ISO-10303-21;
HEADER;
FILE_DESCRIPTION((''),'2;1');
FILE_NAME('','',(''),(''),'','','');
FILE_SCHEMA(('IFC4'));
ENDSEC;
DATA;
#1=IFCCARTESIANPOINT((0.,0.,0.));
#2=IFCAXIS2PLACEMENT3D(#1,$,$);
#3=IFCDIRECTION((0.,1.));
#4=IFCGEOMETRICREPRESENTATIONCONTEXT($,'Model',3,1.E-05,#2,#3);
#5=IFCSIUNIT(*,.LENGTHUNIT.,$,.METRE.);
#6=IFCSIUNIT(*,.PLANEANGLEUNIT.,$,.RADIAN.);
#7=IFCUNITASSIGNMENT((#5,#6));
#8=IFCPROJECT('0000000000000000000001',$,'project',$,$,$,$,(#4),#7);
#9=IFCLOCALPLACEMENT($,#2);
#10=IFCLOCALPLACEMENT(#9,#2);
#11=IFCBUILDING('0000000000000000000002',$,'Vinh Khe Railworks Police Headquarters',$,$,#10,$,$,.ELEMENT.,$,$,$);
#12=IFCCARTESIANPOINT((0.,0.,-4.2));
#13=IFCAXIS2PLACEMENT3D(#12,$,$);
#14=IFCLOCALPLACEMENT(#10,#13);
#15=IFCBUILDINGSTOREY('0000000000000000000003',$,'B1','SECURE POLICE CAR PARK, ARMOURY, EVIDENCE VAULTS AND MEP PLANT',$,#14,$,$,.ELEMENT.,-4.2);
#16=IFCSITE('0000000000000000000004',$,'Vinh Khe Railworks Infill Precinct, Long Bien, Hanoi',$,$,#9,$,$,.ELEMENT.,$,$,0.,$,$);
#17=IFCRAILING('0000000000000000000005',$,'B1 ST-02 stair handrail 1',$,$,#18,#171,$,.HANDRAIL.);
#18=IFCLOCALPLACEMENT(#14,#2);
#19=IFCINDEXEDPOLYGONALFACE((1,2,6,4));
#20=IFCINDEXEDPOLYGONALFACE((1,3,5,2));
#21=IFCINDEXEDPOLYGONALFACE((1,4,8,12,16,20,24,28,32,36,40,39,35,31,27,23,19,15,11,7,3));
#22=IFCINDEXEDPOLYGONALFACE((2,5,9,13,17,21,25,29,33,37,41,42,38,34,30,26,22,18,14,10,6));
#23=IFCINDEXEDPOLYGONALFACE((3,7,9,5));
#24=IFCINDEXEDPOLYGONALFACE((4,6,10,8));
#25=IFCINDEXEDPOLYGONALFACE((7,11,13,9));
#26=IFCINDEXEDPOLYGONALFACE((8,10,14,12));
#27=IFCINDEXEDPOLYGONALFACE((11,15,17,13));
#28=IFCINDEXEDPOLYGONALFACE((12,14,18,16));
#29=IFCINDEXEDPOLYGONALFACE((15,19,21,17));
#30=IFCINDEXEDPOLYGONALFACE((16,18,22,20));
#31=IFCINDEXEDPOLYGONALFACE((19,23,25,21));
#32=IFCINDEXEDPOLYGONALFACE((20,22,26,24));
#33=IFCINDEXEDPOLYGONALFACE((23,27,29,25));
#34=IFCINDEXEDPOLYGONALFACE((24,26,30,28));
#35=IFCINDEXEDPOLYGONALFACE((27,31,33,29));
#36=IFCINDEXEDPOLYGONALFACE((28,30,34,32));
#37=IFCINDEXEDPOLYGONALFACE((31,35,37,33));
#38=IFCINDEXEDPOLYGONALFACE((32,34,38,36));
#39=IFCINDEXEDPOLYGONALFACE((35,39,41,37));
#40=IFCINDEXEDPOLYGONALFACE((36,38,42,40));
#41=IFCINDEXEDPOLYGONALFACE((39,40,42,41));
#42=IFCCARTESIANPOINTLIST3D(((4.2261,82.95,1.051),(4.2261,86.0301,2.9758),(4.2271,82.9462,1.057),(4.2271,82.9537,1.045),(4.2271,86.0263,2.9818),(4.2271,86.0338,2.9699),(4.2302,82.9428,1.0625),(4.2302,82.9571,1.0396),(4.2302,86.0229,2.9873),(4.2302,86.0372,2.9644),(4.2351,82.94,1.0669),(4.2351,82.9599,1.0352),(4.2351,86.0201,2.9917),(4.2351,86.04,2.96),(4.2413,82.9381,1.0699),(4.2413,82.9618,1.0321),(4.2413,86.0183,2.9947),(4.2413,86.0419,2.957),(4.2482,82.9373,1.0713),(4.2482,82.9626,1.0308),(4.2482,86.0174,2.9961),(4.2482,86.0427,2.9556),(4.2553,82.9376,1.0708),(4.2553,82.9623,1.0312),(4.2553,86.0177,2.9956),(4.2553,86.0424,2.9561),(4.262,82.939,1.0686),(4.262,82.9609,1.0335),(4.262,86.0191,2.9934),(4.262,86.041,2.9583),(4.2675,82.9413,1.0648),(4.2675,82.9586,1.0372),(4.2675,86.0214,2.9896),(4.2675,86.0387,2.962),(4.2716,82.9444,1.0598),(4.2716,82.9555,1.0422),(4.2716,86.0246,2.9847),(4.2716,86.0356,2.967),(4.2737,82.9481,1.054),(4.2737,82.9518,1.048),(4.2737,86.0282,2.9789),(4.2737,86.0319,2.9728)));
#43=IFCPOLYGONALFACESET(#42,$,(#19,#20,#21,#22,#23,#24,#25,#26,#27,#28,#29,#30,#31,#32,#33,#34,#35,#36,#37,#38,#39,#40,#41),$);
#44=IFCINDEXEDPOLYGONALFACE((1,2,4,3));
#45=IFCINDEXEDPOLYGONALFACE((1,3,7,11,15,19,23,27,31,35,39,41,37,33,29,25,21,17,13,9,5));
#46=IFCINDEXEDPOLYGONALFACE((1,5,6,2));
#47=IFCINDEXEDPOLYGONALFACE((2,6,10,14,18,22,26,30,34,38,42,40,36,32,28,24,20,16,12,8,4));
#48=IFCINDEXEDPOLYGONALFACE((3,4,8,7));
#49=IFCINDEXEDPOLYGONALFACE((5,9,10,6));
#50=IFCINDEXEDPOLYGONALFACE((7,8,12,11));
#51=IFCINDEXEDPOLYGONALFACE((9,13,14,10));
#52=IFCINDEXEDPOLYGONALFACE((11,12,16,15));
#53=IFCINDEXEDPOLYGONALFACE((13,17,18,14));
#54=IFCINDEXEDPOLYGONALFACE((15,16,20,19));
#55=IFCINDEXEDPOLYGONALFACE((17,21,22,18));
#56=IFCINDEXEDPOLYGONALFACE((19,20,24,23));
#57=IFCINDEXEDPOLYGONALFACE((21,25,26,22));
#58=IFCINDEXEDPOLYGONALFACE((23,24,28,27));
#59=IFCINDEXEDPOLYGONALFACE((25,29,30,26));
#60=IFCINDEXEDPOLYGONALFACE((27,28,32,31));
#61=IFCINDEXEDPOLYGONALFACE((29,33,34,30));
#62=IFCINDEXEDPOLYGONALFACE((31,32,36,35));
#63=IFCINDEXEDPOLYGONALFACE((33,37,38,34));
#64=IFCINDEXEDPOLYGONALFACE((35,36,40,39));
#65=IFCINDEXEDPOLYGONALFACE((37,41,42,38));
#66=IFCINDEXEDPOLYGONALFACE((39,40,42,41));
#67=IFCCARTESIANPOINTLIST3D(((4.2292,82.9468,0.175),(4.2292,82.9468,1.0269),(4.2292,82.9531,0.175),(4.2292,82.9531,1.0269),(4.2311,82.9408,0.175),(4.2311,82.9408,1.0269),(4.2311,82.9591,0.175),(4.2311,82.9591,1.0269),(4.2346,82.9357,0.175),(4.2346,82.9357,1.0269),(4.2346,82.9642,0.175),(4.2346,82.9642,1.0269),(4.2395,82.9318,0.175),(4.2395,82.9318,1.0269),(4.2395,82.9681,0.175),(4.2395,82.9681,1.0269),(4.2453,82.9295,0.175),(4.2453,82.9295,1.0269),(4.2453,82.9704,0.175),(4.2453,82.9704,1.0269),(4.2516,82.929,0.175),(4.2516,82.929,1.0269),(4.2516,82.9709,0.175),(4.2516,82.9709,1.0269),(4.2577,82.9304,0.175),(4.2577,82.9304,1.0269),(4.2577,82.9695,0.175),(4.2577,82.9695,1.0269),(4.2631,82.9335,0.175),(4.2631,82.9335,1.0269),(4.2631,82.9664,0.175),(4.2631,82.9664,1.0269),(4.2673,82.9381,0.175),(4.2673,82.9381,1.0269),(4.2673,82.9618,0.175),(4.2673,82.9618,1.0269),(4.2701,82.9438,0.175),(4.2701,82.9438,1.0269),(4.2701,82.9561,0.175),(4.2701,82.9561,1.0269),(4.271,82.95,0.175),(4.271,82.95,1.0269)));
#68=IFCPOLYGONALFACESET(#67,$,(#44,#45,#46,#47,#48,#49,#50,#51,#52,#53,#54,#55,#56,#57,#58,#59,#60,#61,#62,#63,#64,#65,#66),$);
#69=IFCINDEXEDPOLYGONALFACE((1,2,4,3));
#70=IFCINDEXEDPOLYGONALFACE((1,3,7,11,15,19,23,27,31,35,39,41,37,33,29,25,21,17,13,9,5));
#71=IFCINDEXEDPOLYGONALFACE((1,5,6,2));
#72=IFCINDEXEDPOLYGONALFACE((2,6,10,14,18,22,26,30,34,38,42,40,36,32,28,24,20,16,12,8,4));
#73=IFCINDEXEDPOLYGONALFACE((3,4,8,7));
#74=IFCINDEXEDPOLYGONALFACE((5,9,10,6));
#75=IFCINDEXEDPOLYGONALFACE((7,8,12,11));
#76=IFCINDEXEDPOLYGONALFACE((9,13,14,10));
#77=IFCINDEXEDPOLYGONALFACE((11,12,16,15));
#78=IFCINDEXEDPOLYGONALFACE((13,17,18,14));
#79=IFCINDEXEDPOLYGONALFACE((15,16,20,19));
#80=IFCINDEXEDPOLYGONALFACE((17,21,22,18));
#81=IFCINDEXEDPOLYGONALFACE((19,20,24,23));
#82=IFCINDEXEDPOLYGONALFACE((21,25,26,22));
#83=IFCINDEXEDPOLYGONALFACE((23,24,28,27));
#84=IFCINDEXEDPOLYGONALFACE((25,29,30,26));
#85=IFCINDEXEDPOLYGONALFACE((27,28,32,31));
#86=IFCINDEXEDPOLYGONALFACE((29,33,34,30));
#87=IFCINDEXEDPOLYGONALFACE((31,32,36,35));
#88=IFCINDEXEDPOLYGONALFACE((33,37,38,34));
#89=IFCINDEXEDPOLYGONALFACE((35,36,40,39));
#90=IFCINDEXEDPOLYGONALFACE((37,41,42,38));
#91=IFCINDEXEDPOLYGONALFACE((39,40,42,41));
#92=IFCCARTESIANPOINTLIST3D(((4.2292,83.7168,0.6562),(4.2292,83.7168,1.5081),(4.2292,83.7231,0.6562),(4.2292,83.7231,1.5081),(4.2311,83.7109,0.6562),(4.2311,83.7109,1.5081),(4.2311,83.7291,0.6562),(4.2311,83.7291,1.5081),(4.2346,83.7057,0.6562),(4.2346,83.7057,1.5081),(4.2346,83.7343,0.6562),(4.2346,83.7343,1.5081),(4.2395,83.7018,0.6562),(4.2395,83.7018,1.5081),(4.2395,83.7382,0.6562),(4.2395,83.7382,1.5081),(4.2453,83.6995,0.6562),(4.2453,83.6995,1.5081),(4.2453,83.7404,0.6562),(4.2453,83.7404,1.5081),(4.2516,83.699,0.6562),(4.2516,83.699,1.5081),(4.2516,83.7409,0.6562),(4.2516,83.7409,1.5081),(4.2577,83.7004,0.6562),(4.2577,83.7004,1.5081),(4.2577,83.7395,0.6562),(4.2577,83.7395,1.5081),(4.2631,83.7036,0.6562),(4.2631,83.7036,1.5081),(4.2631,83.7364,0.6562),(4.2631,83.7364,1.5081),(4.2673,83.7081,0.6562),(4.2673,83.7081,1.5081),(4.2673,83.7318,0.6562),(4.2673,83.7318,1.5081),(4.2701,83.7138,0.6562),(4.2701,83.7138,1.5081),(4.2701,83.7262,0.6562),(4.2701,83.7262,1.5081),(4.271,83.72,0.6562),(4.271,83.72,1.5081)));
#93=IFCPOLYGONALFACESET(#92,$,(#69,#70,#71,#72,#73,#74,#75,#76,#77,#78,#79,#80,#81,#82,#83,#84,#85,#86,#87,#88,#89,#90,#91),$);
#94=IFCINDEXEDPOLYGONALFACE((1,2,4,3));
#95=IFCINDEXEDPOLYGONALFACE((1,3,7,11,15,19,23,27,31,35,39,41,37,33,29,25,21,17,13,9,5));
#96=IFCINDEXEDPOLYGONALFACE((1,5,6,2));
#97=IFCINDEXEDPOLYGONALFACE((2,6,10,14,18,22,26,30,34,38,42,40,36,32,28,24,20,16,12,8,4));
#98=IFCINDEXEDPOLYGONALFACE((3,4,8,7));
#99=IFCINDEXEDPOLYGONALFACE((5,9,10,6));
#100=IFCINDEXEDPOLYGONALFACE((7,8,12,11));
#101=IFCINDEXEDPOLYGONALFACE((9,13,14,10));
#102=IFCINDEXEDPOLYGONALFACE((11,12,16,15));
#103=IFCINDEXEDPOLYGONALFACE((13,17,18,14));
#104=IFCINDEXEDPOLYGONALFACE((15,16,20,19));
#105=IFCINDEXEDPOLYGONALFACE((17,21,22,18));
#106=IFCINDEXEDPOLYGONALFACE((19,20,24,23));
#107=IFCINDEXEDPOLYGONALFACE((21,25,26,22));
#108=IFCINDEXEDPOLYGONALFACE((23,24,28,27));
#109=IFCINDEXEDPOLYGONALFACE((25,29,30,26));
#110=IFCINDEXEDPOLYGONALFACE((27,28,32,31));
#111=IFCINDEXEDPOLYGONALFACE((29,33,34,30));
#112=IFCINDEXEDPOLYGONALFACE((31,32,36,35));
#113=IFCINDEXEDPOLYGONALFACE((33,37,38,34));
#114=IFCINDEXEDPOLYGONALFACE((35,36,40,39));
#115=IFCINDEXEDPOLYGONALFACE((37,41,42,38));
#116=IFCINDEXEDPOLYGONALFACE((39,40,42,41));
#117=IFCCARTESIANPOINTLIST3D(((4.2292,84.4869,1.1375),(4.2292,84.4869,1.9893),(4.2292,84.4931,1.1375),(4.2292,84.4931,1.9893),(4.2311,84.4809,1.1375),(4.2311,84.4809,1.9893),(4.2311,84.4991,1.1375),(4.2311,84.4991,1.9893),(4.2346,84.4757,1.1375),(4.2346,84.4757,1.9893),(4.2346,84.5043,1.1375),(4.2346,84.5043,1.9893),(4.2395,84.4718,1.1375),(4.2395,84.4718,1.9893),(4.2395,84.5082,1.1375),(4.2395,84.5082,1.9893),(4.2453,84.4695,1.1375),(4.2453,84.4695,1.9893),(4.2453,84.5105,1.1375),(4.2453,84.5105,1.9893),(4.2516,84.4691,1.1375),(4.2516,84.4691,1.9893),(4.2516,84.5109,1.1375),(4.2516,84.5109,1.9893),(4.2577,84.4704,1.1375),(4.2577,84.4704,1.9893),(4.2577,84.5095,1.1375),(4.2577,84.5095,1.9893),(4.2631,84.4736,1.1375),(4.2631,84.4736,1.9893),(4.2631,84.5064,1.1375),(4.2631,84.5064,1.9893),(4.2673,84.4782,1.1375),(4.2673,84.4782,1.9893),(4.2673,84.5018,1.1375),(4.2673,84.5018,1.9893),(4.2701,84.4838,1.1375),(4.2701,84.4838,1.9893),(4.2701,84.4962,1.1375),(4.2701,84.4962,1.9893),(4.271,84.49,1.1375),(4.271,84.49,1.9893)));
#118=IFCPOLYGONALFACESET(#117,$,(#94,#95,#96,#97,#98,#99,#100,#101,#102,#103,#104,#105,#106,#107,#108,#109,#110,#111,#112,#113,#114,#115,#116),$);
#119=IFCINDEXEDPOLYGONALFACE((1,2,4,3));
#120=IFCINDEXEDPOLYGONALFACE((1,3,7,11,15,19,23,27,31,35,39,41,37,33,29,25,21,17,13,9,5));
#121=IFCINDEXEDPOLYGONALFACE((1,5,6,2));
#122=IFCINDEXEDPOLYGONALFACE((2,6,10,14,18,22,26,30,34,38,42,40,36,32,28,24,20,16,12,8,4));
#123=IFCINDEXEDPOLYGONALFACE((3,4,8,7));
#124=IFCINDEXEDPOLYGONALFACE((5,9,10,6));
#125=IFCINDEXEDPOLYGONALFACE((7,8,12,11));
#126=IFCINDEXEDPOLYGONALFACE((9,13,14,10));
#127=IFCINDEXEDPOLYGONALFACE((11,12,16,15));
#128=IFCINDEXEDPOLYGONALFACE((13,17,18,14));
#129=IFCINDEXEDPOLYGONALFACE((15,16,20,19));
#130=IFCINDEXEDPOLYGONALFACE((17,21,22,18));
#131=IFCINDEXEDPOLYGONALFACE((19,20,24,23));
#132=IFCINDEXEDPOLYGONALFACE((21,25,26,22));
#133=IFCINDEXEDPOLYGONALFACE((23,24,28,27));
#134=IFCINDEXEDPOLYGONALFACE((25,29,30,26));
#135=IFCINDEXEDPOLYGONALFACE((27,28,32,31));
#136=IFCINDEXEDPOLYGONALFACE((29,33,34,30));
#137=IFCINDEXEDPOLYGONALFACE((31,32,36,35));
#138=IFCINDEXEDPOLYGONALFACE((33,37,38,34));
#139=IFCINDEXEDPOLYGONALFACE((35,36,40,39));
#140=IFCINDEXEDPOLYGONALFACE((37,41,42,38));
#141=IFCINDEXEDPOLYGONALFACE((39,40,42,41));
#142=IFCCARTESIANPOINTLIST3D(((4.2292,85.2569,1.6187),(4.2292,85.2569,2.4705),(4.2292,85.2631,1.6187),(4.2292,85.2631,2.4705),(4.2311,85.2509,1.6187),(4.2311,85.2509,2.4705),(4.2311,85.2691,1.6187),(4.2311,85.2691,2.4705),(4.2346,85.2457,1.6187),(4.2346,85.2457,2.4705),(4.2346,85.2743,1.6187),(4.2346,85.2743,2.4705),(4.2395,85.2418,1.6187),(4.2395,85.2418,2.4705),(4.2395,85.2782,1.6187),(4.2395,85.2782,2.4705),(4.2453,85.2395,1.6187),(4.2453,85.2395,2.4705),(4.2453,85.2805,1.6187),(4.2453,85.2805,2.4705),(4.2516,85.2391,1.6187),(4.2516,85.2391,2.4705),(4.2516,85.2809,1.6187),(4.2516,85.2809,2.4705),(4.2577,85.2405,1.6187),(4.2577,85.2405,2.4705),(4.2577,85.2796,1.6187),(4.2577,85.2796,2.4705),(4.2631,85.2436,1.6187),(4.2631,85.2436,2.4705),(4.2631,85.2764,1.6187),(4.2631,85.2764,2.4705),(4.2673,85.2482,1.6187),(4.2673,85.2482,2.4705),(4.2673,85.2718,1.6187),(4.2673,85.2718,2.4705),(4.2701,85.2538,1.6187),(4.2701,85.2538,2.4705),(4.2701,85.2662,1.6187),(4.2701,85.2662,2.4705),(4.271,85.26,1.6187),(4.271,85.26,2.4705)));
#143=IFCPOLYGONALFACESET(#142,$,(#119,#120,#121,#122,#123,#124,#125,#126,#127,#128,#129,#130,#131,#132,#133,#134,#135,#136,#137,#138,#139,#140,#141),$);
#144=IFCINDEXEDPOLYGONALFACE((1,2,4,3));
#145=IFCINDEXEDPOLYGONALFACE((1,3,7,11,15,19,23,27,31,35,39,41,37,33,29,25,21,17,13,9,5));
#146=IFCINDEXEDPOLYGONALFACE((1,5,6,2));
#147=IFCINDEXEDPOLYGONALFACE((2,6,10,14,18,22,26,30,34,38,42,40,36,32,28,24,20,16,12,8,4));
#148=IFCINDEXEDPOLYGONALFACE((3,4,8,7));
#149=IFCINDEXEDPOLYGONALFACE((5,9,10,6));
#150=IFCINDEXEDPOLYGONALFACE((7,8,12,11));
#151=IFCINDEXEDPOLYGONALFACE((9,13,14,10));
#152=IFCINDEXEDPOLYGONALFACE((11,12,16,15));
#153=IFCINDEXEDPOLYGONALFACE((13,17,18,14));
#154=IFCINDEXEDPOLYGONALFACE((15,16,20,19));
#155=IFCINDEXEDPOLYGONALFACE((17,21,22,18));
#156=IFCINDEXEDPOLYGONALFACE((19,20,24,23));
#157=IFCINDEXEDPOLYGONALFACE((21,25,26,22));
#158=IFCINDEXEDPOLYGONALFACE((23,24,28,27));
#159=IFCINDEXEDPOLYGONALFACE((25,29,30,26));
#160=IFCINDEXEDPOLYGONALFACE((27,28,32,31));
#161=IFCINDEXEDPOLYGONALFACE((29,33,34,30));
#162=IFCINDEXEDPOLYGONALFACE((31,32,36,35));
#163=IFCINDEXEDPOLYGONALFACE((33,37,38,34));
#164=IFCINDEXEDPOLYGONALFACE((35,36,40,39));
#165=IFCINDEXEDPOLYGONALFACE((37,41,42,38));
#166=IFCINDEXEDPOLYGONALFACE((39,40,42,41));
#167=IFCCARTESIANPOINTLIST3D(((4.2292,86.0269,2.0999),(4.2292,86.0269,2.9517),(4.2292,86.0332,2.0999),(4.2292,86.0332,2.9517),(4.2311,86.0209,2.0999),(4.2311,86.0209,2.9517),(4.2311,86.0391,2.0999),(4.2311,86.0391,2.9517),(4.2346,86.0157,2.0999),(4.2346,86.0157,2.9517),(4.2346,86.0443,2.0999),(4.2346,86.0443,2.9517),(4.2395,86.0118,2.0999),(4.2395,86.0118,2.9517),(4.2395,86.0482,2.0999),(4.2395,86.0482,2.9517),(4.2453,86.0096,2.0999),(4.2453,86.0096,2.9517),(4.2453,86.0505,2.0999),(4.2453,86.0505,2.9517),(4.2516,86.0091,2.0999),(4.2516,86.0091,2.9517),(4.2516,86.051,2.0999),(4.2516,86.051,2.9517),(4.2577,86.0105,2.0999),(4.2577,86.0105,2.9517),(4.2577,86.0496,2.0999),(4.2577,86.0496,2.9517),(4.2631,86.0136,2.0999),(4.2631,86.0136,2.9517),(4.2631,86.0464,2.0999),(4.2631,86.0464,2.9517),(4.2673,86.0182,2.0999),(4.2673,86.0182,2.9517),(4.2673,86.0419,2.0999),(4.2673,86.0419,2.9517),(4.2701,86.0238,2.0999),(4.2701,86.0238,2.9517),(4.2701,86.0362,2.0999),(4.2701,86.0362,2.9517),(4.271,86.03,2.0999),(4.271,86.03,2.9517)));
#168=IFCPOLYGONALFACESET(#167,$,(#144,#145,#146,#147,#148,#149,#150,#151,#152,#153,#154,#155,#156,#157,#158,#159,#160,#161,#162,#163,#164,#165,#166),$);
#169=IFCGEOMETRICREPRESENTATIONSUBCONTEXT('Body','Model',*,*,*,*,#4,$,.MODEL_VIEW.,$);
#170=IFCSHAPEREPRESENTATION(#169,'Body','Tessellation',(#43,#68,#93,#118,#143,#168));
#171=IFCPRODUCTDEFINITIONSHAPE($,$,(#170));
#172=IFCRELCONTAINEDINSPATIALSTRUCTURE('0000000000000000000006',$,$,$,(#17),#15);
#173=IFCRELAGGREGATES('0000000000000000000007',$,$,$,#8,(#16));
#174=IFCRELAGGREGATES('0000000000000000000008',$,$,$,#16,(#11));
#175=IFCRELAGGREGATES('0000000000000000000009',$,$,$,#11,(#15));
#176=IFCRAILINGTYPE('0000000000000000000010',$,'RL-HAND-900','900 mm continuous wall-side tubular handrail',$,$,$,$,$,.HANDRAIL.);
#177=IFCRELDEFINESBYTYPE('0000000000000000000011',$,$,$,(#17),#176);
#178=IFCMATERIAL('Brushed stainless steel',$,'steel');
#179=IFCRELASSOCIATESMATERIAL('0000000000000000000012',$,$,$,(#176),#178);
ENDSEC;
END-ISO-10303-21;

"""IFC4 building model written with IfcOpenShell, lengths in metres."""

from ifc_helpers import new_model, si_unit, direction, frame, origin, origin_2d, place, context, subcontext, project, spatial, circle, extrude, material, type_object, element, save


model = new_model("IFC4")

# Units and contexts
model_context = context("Model", 3, precision=1e-05, world=origin(), true_north=direction((0.0, 1.0)))
body_context = subcontext(model_context, "Body", "Model", "MODEL_VIEW")
ifc_project = project(units=[si_unit("LENGTHUNIT", "METRE"), si_unit("PLANEANGLEUNIT", "RADIAN")], contexts=[model_context])

# Site, building, storey
site_placement = place(None, origin())
site = spatial("IfcSite", under=ifc_project, at=site_placement, Name="Vinh Khe Railworks Infill Precinct, Long Bien, Hanoi", CompositionType="ELEMENT", RefElevation=0.0)
building_placement = place(site_placement, origin())
building = spatial("IfcBuilding", under=site, at=building_placement, Name="Vinh Khe Railworks Police Headquarters", CompositionType="ELEMENT")
storey_placement = place(building_placement, frame((0.0, 0.0, -4.2)))
storey = spatial("IfcBuildingStorey", under=building, at=storey_placement, Name="B1", Description="SECURE POLICE CAR PARK, ARMOURY, EVIDENCE VAULTS AND MEP PLANT", CompositionType="ELEMENT", Elevation=-4.2)

# Railing
ifc_material_1 = material(Name="Brushed stainless steel", Category="steel")
railing_type_1 = type_object("IfcRailingType", Name="RL-HAND-900", Description="900 mm continuous wall-side tubular handrail", PredefinedType="HANDRAIL", material=ifc_material_1)
railing_1_placement = place(storey_placement, frame((4.25, 82.95, 0.175)))
element("IfcRailing", 1, at=railing_1_placement, inside=storey, type_object=railing_type_1, Name="B1 ST-02 stair handrail 1", PredefinedType="HANDRAIL", context=body_context, shape_type="SweptSolid", body=[
    extrude(circle(Radius=0.0239, at=origin_2d()), frame((0.0, 0.0, 0.876), z_axis=(0.0, 0.848029, 0.529951), x_axis=(-1.0, 0.0, 0.0)), (0.0, 0.0, 1.0), 3.6321),
    extrude(circle(Radius=0.021, at=origin_2d()), origin(), (0.0, 0.0, 1.0), 0.8518),
    extrude(circle(Radius=0.021, at=origin_2d()), frame((0.0, 0.77, 0.4812)), (0.0, 0.0, 1.0), 0.8518),
    extrude(circle(Radius=0.021, at=origin_2d()), frame((0.0, 1.54, 0.9624)), (0.0, 0.0, 1.0), 0.8518),
    extrude(circle(Radius=0.021, at=origin_2d()), frame((0.0, 2.3101, 1.4436)), (0.0, 0.0, 1.0), 0.8518),
    extrude(circle(Radius=0.021, at=origin_2d()), frame((0.0, 3.0801, 1.9248)), (0.0, 0.0, 1.0), 0.8518),
])

save(model, "model.ifc")
